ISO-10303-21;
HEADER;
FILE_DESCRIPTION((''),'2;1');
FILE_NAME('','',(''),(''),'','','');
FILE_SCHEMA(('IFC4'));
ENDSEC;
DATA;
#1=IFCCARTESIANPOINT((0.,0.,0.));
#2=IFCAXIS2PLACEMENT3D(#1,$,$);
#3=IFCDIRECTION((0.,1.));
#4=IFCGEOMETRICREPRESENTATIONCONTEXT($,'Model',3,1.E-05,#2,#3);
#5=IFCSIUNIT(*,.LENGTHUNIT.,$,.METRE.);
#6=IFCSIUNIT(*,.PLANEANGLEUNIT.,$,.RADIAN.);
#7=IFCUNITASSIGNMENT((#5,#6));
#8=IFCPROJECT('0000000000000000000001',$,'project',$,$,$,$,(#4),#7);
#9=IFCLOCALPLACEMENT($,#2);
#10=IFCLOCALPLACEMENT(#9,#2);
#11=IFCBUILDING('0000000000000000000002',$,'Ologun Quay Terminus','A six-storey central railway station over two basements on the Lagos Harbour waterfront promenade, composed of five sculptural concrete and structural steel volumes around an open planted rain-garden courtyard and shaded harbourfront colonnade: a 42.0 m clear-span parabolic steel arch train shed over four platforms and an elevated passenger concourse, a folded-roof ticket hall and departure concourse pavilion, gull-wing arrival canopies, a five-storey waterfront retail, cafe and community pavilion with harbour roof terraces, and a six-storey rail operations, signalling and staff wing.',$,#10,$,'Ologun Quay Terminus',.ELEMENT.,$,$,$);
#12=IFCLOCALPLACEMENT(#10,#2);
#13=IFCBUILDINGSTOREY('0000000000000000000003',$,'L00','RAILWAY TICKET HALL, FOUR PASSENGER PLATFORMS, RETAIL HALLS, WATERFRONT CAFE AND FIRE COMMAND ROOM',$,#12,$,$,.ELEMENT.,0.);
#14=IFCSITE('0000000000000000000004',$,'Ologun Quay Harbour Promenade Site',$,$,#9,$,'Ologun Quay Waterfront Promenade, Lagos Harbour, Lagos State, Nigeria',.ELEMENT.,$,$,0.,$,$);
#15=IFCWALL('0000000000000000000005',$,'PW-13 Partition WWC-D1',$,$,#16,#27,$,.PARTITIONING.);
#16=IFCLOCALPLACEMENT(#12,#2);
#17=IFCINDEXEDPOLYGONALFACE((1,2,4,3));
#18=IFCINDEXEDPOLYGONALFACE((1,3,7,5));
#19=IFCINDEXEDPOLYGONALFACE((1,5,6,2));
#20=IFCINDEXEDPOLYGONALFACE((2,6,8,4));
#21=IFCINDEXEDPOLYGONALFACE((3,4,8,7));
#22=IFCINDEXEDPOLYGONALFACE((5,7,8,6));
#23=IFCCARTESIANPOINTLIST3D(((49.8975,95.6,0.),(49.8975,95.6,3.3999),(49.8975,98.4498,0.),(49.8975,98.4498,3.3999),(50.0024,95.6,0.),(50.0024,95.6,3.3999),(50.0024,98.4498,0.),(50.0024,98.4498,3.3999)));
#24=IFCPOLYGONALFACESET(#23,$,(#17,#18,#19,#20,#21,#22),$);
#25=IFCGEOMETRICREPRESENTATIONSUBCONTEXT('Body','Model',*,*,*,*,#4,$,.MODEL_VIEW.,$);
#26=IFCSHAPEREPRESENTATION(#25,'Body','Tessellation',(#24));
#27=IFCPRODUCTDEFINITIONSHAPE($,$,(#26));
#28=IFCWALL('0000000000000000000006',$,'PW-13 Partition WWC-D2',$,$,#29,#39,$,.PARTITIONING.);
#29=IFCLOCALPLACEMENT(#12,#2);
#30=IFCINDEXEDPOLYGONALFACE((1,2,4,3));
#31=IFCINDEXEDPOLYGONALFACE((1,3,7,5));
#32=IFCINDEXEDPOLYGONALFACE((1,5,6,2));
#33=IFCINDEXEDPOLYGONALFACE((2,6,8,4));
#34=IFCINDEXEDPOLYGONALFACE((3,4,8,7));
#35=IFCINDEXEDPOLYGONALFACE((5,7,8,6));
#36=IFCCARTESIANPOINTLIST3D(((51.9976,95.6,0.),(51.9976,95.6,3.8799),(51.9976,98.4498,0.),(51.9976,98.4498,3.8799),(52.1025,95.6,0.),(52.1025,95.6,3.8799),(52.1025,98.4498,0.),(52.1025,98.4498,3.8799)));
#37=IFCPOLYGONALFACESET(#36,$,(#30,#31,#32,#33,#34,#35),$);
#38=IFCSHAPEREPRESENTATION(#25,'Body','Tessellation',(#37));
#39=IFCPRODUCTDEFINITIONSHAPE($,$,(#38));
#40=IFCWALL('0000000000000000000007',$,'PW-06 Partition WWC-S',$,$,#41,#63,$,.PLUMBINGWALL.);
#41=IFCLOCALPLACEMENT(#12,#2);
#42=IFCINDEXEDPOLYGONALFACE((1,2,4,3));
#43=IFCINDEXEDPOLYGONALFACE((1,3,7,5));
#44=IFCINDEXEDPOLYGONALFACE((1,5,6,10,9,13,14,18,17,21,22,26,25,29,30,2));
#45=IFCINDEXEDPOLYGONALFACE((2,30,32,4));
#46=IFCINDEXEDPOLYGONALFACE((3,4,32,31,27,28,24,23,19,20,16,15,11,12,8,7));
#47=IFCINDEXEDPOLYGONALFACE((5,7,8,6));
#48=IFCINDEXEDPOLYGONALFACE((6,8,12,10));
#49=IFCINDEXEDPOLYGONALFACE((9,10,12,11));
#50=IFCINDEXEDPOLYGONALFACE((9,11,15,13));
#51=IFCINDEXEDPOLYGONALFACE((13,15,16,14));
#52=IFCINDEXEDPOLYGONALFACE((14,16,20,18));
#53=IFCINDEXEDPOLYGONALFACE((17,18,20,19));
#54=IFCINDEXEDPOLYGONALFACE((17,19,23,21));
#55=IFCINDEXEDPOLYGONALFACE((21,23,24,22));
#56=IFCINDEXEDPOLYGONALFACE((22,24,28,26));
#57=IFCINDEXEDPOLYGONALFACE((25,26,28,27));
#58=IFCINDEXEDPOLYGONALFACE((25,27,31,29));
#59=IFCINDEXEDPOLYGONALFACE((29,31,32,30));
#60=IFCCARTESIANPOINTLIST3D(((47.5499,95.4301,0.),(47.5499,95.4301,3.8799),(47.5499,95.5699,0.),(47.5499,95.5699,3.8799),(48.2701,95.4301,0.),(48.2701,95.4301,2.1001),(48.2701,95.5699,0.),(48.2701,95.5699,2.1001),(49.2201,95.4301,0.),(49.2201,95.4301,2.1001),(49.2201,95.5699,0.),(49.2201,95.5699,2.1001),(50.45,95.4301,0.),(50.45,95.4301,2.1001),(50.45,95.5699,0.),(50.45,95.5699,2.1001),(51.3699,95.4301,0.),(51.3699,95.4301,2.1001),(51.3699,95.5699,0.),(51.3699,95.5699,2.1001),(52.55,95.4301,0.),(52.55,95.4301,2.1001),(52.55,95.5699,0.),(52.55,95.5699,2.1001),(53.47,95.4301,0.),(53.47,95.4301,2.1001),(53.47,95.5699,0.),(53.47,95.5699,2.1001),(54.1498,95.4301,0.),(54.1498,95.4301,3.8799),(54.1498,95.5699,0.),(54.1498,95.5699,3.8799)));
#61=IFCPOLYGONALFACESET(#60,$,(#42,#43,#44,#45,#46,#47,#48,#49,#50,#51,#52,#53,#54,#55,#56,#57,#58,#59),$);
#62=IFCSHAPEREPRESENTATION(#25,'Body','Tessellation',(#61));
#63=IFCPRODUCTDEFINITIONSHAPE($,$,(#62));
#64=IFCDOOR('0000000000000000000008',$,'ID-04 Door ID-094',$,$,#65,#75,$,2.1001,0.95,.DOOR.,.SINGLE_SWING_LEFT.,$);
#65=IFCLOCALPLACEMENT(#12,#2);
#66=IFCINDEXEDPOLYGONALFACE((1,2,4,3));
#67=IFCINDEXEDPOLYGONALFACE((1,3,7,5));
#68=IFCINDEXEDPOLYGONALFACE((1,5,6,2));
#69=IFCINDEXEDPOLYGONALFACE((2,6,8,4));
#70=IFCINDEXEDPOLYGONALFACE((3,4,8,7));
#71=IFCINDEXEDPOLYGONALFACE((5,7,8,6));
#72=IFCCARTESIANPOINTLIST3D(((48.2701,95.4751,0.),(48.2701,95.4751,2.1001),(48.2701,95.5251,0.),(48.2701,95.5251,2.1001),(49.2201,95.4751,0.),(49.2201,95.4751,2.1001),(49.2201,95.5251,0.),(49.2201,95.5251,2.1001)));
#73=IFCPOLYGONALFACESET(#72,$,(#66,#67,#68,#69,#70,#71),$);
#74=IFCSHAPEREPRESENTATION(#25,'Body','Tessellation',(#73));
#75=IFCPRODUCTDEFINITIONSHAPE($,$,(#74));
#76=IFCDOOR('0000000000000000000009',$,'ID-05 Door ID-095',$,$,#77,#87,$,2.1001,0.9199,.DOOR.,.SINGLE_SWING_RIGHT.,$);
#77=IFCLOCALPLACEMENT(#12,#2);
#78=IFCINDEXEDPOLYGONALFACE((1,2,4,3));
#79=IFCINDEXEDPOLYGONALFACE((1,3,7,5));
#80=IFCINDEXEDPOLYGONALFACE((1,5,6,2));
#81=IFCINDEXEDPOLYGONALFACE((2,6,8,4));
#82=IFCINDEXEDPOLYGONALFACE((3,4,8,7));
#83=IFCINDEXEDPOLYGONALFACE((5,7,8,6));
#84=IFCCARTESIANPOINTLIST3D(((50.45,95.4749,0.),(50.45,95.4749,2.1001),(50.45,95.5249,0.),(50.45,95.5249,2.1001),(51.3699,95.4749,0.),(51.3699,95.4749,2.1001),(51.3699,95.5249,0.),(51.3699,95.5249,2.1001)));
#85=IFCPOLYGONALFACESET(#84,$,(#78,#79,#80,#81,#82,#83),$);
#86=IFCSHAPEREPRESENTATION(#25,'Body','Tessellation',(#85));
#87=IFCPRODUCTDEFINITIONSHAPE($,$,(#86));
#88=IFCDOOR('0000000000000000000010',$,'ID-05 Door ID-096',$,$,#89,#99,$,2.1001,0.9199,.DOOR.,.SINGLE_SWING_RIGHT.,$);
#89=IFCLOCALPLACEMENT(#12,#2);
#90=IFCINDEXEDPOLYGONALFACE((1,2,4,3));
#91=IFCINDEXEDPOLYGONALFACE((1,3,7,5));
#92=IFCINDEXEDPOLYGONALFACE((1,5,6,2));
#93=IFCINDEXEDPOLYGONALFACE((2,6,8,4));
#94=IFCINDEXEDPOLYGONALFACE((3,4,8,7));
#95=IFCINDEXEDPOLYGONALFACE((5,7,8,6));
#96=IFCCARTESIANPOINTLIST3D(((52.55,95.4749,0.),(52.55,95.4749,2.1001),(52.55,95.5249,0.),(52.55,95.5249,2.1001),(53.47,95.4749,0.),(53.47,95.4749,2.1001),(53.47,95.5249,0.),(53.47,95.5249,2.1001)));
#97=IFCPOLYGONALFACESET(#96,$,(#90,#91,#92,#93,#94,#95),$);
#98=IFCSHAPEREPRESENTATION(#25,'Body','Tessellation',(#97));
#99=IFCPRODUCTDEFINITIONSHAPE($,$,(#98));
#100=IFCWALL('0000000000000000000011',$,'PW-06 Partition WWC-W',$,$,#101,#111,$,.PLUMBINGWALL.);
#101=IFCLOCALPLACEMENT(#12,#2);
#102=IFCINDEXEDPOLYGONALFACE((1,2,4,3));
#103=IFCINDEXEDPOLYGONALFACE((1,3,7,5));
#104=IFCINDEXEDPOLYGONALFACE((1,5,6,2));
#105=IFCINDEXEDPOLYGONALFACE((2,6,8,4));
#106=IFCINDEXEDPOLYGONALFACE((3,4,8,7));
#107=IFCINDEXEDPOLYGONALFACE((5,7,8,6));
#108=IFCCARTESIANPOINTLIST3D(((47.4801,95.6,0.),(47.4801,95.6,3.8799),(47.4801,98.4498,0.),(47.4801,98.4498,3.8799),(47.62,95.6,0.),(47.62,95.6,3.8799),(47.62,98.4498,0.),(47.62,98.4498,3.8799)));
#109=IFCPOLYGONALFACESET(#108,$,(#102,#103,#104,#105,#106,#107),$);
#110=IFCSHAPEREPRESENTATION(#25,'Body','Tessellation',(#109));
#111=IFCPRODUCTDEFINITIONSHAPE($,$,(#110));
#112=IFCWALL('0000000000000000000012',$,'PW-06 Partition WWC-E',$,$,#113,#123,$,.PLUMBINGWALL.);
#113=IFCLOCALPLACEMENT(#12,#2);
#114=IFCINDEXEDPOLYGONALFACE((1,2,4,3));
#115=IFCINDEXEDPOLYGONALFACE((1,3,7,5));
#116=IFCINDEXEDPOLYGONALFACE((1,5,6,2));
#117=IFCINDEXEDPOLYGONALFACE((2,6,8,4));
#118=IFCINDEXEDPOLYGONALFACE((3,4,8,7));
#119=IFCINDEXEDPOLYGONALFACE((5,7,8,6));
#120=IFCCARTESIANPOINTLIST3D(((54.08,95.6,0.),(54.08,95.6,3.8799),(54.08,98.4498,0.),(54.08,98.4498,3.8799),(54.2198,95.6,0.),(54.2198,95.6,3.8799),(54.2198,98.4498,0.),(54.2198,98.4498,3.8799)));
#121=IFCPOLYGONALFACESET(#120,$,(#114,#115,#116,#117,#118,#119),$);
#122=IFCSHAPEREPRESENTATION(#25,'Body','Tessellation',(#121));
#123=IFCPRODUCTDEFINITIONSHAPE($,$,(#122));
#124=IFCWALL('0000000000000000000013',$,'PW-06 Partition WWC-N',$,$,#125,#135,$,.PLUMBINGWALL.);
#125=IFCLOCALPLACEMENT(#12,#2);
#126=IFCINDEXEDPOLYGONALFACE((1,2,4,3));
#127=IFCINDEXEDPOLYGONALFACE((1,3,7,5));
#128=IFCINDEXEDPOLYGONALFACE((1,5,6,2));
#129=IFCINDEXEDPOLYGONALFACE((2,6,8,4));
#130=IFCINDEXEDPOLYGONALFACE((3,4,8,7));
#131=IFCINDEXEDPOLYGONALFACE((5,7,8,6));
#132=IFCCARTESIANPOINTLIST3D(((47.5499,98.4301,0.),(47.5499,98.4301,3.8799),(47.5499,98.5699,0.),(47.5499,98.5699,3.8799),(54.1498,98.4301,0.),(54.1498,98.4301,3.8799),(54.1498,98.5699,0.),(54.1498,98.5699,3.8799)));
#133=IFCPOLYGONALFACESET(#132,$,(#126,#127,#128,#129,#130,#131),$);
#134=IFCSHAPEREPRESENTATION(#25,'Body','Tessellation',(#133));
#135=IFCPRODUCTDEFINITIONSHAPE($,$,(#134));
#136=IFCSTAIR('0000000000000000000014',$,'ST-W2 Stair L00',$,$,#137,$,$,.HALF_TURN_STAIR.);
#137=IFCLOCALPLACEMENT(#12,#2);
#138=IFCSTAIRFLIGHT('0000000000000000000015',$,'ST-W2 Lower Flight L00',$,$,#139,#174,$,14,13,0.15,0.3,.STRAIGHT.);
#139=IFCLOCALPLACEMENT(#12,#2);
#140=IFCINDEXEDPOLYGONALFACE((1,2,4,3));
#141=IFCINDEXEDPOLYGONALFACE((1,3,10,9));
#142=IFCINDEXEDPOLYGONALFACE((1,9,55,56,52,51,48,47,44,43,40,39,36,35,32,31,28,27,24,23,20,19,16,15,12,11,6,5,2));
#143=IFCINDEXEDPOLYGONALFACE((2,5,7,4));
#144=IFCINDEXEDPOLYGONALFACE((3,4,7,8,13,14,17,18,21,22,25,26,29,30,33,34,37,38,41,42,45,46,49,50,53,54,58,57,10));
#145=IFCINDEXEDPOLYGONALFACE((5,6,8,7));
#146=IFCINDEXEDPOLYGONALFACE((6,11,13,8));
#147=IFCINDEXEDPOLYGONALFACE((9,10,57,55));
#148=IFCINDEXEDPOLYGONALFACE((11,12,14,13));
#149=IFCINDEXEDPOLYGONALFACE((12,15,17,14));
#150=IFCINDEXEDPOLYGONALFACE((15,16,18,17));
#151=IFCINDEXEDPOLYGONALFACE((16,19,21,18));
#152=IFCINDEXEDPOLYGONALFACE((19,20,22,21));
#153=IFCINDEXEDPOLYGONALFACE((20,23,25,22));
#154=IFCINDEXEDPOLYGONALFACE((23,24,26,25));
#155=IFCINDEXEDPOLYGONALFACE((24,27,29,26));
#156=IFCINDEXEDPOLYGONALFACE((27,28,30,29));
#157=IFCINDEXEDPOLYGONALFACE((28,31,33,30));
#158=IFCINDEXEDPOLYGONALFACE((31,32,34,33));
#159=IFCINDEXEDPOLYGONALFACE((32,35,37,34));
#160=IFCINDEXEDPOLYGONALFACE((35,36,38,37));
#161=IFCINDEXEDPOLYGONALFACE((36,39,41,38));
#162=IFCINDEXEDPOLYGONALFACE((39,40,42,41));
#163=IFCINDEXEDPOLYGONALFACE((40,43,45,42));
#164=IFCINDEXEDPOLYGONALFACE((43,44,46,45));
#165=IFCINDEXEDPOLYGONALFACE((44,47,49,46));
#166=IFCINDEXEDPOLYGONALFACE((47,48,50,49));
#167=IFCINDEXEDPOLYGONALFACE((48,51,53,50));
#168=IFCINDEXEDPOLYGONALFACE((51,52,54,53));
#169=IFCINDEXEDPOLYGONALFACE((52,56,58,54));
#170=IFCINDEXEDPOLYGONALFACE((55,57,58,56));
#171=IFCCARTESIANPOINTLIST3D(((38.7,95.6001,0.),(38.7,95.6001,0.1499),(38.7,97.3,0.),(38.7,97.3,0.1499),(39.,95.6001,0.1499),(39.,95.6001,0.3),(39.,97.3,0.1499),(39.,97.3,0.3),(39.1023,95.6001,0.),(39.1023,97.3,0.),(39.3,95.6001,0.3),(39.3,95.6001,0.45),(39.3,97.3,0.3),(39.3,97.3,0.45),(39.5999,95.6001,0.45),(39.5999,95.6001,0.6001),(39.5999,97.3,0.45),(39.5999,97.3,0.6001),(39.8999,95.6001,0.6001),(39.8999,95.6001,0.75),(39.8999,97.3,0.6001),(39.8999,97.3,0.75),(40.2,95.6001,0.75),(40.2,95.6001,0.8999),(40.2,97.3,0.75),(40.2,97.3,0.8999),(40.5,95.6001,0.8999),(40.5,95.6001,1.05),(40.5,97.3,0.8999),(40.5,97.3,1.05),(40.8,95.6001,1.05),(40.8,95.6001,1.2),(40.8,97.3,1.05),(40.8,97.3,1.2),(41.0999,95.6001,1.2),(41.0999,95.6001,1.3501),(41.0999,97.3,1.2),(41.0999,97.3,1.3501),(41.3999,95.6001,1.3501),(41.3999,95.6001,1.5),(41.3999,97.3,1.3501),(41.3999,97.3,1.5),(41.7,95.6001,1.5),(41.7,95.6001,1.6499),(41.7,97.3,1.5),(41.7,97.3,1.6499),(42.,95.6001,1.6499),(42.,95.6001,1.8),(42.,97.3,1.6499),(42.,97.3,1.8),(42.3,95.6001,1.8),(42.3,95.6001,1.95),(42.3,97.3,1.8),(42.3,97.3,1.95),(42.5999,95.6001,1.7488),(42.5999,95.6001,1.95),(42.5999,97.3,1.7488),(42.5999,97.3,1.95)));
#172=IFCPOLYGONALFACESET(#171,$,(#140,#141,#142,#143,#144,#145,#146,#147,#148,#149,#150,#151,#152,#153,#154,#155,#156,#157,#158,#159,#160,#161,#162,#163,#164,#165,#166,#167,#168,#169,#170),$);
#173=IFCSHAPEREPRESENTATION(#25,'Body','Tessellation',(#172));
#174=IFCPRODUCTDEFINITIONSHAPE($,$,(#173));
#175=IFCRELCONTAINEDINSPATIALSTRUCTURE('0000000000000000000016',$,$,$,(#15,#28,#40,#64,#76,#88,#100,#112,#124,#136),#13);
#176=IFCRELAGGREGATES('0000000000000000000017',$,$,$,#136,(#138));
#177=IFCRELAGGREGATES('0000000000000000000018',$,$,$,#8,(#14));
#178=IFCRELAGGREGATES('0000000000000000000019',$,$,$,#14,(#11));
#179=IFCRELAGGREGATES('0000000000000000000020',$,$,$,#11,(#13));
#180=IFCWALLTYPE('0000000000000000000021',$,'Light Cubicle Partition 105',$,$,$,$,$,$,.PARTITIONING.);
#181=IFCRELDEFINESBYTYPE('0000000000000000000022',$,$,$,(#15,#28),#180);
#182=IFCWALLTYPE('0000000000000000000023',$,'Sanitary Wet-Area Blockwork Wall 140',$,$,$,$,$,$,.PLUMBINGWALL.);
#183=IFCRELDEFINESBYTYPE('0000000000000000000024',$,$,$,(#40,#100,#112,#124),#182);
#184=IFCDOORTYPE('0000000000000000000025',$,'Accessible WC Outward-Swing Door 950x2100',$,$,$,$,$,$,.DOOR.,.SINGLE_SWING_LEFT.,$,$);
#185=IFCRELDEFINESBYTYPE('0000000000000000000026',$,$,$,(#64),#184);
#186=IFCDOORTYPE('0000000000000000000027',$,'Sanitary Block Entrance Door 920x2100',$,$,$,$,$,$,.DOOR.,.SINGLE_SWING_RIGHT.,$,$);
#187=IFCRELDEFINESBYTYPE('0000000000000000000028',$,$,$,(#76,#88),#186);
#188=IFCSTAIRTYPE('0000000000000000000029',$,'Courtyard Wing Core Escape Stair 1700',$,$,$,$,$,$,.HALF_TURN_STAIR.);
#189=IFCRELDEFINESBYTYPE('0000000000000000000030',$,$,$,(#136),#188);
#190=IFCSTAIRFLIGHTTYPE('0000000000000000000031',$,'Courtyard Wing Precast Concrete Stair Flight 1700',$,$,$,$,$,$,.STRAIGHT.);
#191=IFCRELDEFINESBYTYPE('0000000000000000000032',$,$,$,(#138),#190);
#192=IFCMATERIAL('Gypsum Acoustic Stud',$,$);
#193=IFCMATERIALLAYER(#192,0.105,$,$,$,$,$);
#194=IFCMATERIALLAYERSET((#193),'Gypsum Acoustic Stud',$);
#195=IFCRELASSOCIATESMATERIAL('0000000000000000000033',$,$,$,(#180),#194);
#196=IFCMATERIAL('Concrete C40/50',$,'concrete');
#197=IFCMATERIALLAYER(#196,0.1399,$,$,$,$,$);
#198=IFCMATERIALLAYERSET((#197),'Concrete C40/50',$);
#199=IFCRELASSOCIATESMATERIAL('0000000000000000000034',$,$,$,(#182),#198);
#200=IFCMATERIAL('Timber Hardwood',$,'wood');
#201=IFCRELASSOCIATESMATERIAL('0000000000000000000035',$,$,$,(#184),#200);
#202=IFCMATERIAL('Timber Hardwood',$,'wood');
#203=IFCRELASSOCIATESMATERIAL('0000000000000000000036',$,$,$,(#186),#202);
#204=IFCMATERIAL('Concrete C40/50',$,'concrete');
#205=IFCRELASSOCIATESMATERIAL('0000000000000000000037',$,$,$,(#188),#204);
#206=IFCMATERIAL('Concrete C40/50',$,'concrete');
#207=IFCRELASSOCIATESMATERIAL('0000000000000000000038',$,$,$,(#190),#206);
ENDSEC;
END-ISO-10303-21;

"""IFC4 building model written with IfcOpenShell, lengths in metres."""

from ifc_helpers import new_model, si_unit, direction, frame, frame_2d, origin, place, context, subcontext, project, spatial, polyline, rectangle, outline, extrude, material, layer, layer_set, type_object, element, fill, aggregate, save


model = new_model("IFC4")

# Units and contexts
model_context = context("Model", 3, precision=1e-05, world=origin(), true_north=direction((0.0, 1.0)))
body_context = subcontext(model_context, "Body", "Model", "MODEL_VIEW")
ifc_project = project(units=[si_unit("LENGTHUNIT", "METRE"), si_unit("PLANEANGLEUNIT", "RADIAN")], contexts=[model_context])

# Site, building, storey
site_placement = place(None, origin())
site = spatial("IfcSite", under=ifc_project, at=site_placement, Name="Ologun Quay Harbour Promenade Site", LongName="Ologun Quay Waterfront Promenade, Lagos Harbour, Lagos State, Nigeria", CompositionType="ELEMENT", RefElevation=0.0)
building_placement = place(site_placement, origin())
building = spatial("IfcBuilding", under=site, at=building_placement, Name="Ologun Quay Terminus", Description="A six-storey central railway station over two basements on the Lagos Harbour waterfront promenade, composed of five sculptural concrete and structural steel volumes around an open planted rain-garden courtyard and shaded harbourfront colonnade: a 42.0 m clear-span parabolic steel arch train shed over four platforms and an elevated passenger concourse, a folded-roof ticket hall and departure concourse pavilion, gull-wing arrival canopies, a five-storey waterfront retail, cafe and community pavilion with harbour roof terraces, and a six-storey rail operations, signalling and staff wing.", LongName="Ologun Quay Terminus", CompositionType="ELEMENT")
storey_placement = place(building_placement, origin())
storey = spatial("IfcBuildingStorey", under=building, at=storey_placement, Name="L00", Description="RAILWAY TICKET HALL, FOUR PASSENGER PLATFORMS, RETAIL HALLS, WATERFRONT CAFE AND FIRE COMMAND ROOM", CompositionType="ELEMENT", Elevation=0.0)

# Walls
ifc_material_1 = material(Name="Gypsum Acoustic Stud")
ifc_layer_1 = layer(ifc_material_1, 0.105)
ifc_layer_set_1 = layer_set([ifc_layer_1], Name="Gypsum Acoustic Stud")
wall_type_1 = type_object("IfcWallType", Name="Light Cubicle Partition 105", PredefinedType="PARTITIONING", material=ifc_layer_set_1)
wall_1_placement = place(storey_placement, frame((49.95, 95.6001, 0.0), z_axis=(0.0, 0.0, 1.0), x_axis=(0.0, 1.0, 0.0)))
element("IfcWall", 1, at=wall_1_placement, inside=storey, type_object=wall_type_1, Name="PW-13 Partition WWC-D1", PredefinedType="PARTITIONING", context=body_context, shape_type="SweptSolid", body=[
    extrude(rectangle(XDim=2.8499, YDim=0.105, at=frame_2d((1.4248, 0.0))), origin(), (0.0, 0.0, 1.0), 3.3999),
])
wall_2_placement = place(storey_placement, frame((52.05, 95.6001, 0.0), z_axis=(0.0, 0.0, 1.0), x_axis=(0.0, 1.0, 0.0)))
element("IfcWall", 2, at=wall_2_placement, inside=storey, type_object=wall_type_1, Name="PW-13 Partition WWC-D2", PredefinedType="PARTITIONING", context=body_context, shape_type="SweptSolid", body=[
    extrude(rectangle(XDim=2.8499, YDim=0.105, at=frame_2d((1.4248, 0.0))), origin(), (0.0, 0.0, 1.0), 3.8799),
])

# Wall, openings, doors
ifc_material_2 = material(Name="Concrete C40/50", Category="concrete")
ifc_layer_2 = layer(ifc_material_2, 0.1399)
ifc_layer_set_2 = layer_set([ifc_layer_2], Name="Concrete C40/50")
wall_type_2 = type_object("IfcWallType", Name="Sanitary Wet-Area Blockwork Wall 140", PredefinedType="PLUMBINGWALL", material=ifc_layer_set_2)
wall_3_placement = place(storey_placement, frame((47.55, 95.5, 0.0), z_axis=(0.0, 0.0, 1.0), x_axis=(1.0, 0.0, 0.0)))
wall_3 = element("IfcWall", 3, at=wall_3_placement, inside=storey, type_object=wall_type_2, Name="PW-06 Partition WWC-S", PredefinedType="PLUMBINGWALL", context=body_context, shape_type="SweptSolid", body=[
    extrude(rectangle(XDim=6.5999, YDim=0.1399, at=frame_2d((3.2998, 0.0))), origin(), (0.0, 0.0, 1.0), 3.8799),
])
opening_1_placement = place(wall_3_placement, frame((0.72, 0.0, 0.0)))
opening_1 = element("IfcOpeningElement", 4, at=opening_1_placement, cuts=wall_3, PredefinedType="OPENING", context=body_context, shape_type="SweptSolid", body=[
    extrude(rectangle(XDim=0.95, YDim=2.1001, at=frame_2d((0.4751, 1.05))), frame((0.0, 0.0801, 0.0), z_axis=(0.0, -1.0, 0.0), x_axis=(1.0, 0.0, 0.0)), (0.0, 0.0, 1.0), 0.1599),
])
opening_2_placement = place(wall_3_placement, frame((2.8999, 0.0, 0.0)))
opening_2 = element("IfcOpeningElement", 5, at=opening_2_placement, cuts=wall_3, PredefinedType="OPENING", context=body_context, shape_type="SweptSolid", body=[
    extrude(rectangle(XDim=0.9199, YDim=2.1001, at=frame_2d((0.46, 1.05))), frame((0.0, 0.0801, 0.0), z_axis=(0.0, -1.0, 0.0), x_axis=(1.0, 0.0, 0.0)), (0.0, 0.0, 1.0), 0.1599),
])
opening_3_placement = place(wall_3_placement, frame((5.0, 0.0, 0.0)))
opening_3 = element("IfcOpeningElement", 6, at=opening_3_placement, cuts=wall_3, PredefinedType="OPENING", context=body_context, shape_type="SweptSolid", body=[
    extrude(rectangle(XDim=0.9199, YDim=2.1001, at=frame_2d((0.46, 1.05))), frame((0.0, 0.0801, 0.0), z_axis=(0.0, -1.0, 0.0), x_axis=(1.0, 0.0, 0.0)), (0.0, 0.0, 1.0), 0.1599),
])
ifc_material_3 = material(Name="Timber Hardwood", Category="wood")
door_type_1 = type_object("IfcDoorType", Name="Accessible WC Outward-Swing Door 950x2100", OperationType="SINGLE_SWING_LEFT", PredefinedType="DOOR", material=ifc_material_3)
door_1_placement = place(opening_1_placement, frame((0.4751, 0.0, 0.0), z_axis=(0.0, 0.0, 1.0), x_axis=(-1.0, 0.0, 0.0)))
door_1 = element("IfcDoor", 7, at=door_1_placement, inside=storey, type_object=door_type_1, Name="ID-04 Door ID-094", OperationType="SINGLE_SWING_LEFT", OverallHeight=2.1001, OverallWidth=0.95, PredefinedType="DOOR", context=body_context, shape_type="SweptSolid", body=[
    extrude(rectangle(XDim=0.95, YDim=2.1001, at=frame_2d((0.0, 1.05))), frame((0.0, 0.0249, 0.0), z_axis=(0.0, -1.0, 0.0), x_axis=(1.0, 0.0, 0.0)), (0.0, 0.0, 1.0), 0.05),
])
fill(opening_1, door_1)
ifc_material_4 = material(Name="Timber Hardwood", Category="wood")
door_type_2 = type_object("IfcDoorType", Name="Sanitary Block Entrance Door 920x2100", OperationType="SINGLE_SWING_RIGHT", PredefinedType="DOOR", material=ifc_material_4)
door_2_placement = place(opening_2_placement, origin())
door_2 = element("IfcDoor", 8, at=door_2_placement, inside=storey, type_object=door_type_2, Name="ID-05 Door ID-095", OperationType="SINGLE_SWING_RIGHT", OverallHeight=2.1001, OverallWidth=0.9199, PredefinedType="DOOR", context=body_context, shape_type="SweptSolid", body=[
    extrude(rectangle(XDim=0.9199, YDim=2.1001, at=frame_2d((0.46, 1.05))), frame((0.0, 0.0249, 0.0), z_axis=(0.0, -1.0, 0.0), x_axis=(1.0, 0.0, 0.0)), (0.0, 0.0, 1.0), 0.05),
])
fill(opening_2, door_2)
door_3_placement = place(opening_3_placement, origin())
door_3 = element("IfcDoor", 9, at=door_3_placement, inside=storey, type_object=door_type_2, Name="ID-05 Door ID-096", OperationType="SINGLE_SWING_RIGHT", OverallHeight=2.1001, OverallWidth=0.9199, PredefinedType="DOOR", context=body_context, shape_type="SweptSolid", body=[
    extrude(rectangle(XDim=0.9199, YDim=2.1001, at=frame_2d((0.46, 1.05))), frame((0.0, 0.0249, 0.0), z_axis=(0.0, -1.0, 0.0), x_axis=(1.0, 0.0, 0.0)), (0.0, 0.0, 1.0), 0.05),
])
fill(opening_3, door_3)

# Walls
for number, where, z_axis, x_axis, name in (
    (10, (47.55, 95.6001, 0.0), (0.0, 0.0, 1.0), (0.0, 1.0, 0.0), "PW-06 Partition WWC-W"),
    (11, (54.1499, 95.6001, 0.0), (0.0, 0.0, 1.0), (0.0, 1.0, 0.0), "PW-06 Partition WWC-E"),
):
    element("IfcWall", number, at=place(storey_placement, frame(where, z_axis=z_axis, x_axis=x_axis)), inside=storey, type_object=wall_type_2, Name=name, PredefinedType="PLUMBINGWALL", context=body_context, shape_type="SweptSolid", body=[
        extrude(rectangle(XDim=2.8499, YDim=0.1399, at=frame_2d((1.4248, 0.0))), origin(), (0.0, 0.0, 1.0), 3.8799),
    ])
wall_4_placement = place(storey_placement, frame((47.55, 98.5, 0.0), z_axis=(0.0, 0.0, 1.0), x_axis=(1.0, 0.0, 0.0)))
element("IfcWall", 12, at=wall_4_placement, inside=storey, type_object=wall_type_2, Name="PW-06 Partition WWC-N", PredefinedType="PLUMBINGWALL", context=body_context, shape_type="SweptSolid", body=[
    extrude(rectangle(XDim=6.5999, YDim=0.1399, at=frame_2d((3.2998, 0.0))), origin(), (0.0, 0.0, 1.0), 3.8799),
])

# Stair, stair flight
ifc_material_5 = material(Name="Concrete C40/50", Category="concrete")
stair_type = type_object("IfcStairType", Name="Courtyard Wing Core Escape Stair 1700", PredefinedType="HALF_TURN_STAIR", material=ifc_material_5)
stair_placement = place(storey_placement, origin())
stair = element("IfcStair", 13, at=stair_placement, inside=storey, type_object=stair_type, Name="ST-W2 Stair L00", PredefinedType="HALF_TURN_STAIR")
ifc_material_6 = material(Name="Concrete C40/50", Category="concrete")
stair_flight_type = type_object("IfcStairFlightType", Name="Courtyard Wing Precast Concrete Stair Flight 1700", PredefinedType="STRAIGHT", material=ifc_material_6)
stair_flight_1_placement = place(storey_placement, frame((38.7, 96.45, 0.0), z_axis=(0.0, 0.0, 1.0), x_axis=(1.0, 0.0, 0.0)))
stair_flight_1 = element("IfcStairFlight", 14, at=stair_flight_1_placement, type_object=stair_flight_type, Name="ST-W2 Lower Flight L00", NumberOfRisers=14, NumberOfTreads=13, PredefinedType="STRAIGHT", RiserHeight=0.15, TreadLength=0.3, context=body_context, shape_type="SweptSolid", body=[
    extrude(outline(polyline([(0.0, 0.0), (0.0, 0.1499), (0.3, 0.1499), (0.3, 0.3), (0.6001, 0.3), (0.6001, 0.45), (0.8999, 0.45), (0.8999, 0.6001), (1.2, 0.6001), (1.2, 0.75), (1.5, 0.75), (1.5, 0.8999), (1.8, 0.8999), (1.8, 1.05), (2.1001, 1.05), (2.1001, 1.2), (2.3999, 1.2), (2.3999, 1.3501), (2.7, 1.3501), (2.7, 1.5), (3.0, 1.5), (3.0, 1.6499), (3.3, 1.6499), (3.3, 1.8), (3.6001, 1.8), (3.6001, 1.95), (3.8999, 1.95), (3.8999, 2.1001), (3.8999, 1.7488), (0.4023, 0.0), (0.0, 0.0)])), frame((0.0, 0.8501, 0.0), z_axis=(0.0, -1.0, 0.0), x_axis=(1.0, 0.0, 0.0)), (0.0, 0.0, 1.0), 1.7),
])
aggregate(stair, [stair_flight_1])

save(model, "model.ifc")
